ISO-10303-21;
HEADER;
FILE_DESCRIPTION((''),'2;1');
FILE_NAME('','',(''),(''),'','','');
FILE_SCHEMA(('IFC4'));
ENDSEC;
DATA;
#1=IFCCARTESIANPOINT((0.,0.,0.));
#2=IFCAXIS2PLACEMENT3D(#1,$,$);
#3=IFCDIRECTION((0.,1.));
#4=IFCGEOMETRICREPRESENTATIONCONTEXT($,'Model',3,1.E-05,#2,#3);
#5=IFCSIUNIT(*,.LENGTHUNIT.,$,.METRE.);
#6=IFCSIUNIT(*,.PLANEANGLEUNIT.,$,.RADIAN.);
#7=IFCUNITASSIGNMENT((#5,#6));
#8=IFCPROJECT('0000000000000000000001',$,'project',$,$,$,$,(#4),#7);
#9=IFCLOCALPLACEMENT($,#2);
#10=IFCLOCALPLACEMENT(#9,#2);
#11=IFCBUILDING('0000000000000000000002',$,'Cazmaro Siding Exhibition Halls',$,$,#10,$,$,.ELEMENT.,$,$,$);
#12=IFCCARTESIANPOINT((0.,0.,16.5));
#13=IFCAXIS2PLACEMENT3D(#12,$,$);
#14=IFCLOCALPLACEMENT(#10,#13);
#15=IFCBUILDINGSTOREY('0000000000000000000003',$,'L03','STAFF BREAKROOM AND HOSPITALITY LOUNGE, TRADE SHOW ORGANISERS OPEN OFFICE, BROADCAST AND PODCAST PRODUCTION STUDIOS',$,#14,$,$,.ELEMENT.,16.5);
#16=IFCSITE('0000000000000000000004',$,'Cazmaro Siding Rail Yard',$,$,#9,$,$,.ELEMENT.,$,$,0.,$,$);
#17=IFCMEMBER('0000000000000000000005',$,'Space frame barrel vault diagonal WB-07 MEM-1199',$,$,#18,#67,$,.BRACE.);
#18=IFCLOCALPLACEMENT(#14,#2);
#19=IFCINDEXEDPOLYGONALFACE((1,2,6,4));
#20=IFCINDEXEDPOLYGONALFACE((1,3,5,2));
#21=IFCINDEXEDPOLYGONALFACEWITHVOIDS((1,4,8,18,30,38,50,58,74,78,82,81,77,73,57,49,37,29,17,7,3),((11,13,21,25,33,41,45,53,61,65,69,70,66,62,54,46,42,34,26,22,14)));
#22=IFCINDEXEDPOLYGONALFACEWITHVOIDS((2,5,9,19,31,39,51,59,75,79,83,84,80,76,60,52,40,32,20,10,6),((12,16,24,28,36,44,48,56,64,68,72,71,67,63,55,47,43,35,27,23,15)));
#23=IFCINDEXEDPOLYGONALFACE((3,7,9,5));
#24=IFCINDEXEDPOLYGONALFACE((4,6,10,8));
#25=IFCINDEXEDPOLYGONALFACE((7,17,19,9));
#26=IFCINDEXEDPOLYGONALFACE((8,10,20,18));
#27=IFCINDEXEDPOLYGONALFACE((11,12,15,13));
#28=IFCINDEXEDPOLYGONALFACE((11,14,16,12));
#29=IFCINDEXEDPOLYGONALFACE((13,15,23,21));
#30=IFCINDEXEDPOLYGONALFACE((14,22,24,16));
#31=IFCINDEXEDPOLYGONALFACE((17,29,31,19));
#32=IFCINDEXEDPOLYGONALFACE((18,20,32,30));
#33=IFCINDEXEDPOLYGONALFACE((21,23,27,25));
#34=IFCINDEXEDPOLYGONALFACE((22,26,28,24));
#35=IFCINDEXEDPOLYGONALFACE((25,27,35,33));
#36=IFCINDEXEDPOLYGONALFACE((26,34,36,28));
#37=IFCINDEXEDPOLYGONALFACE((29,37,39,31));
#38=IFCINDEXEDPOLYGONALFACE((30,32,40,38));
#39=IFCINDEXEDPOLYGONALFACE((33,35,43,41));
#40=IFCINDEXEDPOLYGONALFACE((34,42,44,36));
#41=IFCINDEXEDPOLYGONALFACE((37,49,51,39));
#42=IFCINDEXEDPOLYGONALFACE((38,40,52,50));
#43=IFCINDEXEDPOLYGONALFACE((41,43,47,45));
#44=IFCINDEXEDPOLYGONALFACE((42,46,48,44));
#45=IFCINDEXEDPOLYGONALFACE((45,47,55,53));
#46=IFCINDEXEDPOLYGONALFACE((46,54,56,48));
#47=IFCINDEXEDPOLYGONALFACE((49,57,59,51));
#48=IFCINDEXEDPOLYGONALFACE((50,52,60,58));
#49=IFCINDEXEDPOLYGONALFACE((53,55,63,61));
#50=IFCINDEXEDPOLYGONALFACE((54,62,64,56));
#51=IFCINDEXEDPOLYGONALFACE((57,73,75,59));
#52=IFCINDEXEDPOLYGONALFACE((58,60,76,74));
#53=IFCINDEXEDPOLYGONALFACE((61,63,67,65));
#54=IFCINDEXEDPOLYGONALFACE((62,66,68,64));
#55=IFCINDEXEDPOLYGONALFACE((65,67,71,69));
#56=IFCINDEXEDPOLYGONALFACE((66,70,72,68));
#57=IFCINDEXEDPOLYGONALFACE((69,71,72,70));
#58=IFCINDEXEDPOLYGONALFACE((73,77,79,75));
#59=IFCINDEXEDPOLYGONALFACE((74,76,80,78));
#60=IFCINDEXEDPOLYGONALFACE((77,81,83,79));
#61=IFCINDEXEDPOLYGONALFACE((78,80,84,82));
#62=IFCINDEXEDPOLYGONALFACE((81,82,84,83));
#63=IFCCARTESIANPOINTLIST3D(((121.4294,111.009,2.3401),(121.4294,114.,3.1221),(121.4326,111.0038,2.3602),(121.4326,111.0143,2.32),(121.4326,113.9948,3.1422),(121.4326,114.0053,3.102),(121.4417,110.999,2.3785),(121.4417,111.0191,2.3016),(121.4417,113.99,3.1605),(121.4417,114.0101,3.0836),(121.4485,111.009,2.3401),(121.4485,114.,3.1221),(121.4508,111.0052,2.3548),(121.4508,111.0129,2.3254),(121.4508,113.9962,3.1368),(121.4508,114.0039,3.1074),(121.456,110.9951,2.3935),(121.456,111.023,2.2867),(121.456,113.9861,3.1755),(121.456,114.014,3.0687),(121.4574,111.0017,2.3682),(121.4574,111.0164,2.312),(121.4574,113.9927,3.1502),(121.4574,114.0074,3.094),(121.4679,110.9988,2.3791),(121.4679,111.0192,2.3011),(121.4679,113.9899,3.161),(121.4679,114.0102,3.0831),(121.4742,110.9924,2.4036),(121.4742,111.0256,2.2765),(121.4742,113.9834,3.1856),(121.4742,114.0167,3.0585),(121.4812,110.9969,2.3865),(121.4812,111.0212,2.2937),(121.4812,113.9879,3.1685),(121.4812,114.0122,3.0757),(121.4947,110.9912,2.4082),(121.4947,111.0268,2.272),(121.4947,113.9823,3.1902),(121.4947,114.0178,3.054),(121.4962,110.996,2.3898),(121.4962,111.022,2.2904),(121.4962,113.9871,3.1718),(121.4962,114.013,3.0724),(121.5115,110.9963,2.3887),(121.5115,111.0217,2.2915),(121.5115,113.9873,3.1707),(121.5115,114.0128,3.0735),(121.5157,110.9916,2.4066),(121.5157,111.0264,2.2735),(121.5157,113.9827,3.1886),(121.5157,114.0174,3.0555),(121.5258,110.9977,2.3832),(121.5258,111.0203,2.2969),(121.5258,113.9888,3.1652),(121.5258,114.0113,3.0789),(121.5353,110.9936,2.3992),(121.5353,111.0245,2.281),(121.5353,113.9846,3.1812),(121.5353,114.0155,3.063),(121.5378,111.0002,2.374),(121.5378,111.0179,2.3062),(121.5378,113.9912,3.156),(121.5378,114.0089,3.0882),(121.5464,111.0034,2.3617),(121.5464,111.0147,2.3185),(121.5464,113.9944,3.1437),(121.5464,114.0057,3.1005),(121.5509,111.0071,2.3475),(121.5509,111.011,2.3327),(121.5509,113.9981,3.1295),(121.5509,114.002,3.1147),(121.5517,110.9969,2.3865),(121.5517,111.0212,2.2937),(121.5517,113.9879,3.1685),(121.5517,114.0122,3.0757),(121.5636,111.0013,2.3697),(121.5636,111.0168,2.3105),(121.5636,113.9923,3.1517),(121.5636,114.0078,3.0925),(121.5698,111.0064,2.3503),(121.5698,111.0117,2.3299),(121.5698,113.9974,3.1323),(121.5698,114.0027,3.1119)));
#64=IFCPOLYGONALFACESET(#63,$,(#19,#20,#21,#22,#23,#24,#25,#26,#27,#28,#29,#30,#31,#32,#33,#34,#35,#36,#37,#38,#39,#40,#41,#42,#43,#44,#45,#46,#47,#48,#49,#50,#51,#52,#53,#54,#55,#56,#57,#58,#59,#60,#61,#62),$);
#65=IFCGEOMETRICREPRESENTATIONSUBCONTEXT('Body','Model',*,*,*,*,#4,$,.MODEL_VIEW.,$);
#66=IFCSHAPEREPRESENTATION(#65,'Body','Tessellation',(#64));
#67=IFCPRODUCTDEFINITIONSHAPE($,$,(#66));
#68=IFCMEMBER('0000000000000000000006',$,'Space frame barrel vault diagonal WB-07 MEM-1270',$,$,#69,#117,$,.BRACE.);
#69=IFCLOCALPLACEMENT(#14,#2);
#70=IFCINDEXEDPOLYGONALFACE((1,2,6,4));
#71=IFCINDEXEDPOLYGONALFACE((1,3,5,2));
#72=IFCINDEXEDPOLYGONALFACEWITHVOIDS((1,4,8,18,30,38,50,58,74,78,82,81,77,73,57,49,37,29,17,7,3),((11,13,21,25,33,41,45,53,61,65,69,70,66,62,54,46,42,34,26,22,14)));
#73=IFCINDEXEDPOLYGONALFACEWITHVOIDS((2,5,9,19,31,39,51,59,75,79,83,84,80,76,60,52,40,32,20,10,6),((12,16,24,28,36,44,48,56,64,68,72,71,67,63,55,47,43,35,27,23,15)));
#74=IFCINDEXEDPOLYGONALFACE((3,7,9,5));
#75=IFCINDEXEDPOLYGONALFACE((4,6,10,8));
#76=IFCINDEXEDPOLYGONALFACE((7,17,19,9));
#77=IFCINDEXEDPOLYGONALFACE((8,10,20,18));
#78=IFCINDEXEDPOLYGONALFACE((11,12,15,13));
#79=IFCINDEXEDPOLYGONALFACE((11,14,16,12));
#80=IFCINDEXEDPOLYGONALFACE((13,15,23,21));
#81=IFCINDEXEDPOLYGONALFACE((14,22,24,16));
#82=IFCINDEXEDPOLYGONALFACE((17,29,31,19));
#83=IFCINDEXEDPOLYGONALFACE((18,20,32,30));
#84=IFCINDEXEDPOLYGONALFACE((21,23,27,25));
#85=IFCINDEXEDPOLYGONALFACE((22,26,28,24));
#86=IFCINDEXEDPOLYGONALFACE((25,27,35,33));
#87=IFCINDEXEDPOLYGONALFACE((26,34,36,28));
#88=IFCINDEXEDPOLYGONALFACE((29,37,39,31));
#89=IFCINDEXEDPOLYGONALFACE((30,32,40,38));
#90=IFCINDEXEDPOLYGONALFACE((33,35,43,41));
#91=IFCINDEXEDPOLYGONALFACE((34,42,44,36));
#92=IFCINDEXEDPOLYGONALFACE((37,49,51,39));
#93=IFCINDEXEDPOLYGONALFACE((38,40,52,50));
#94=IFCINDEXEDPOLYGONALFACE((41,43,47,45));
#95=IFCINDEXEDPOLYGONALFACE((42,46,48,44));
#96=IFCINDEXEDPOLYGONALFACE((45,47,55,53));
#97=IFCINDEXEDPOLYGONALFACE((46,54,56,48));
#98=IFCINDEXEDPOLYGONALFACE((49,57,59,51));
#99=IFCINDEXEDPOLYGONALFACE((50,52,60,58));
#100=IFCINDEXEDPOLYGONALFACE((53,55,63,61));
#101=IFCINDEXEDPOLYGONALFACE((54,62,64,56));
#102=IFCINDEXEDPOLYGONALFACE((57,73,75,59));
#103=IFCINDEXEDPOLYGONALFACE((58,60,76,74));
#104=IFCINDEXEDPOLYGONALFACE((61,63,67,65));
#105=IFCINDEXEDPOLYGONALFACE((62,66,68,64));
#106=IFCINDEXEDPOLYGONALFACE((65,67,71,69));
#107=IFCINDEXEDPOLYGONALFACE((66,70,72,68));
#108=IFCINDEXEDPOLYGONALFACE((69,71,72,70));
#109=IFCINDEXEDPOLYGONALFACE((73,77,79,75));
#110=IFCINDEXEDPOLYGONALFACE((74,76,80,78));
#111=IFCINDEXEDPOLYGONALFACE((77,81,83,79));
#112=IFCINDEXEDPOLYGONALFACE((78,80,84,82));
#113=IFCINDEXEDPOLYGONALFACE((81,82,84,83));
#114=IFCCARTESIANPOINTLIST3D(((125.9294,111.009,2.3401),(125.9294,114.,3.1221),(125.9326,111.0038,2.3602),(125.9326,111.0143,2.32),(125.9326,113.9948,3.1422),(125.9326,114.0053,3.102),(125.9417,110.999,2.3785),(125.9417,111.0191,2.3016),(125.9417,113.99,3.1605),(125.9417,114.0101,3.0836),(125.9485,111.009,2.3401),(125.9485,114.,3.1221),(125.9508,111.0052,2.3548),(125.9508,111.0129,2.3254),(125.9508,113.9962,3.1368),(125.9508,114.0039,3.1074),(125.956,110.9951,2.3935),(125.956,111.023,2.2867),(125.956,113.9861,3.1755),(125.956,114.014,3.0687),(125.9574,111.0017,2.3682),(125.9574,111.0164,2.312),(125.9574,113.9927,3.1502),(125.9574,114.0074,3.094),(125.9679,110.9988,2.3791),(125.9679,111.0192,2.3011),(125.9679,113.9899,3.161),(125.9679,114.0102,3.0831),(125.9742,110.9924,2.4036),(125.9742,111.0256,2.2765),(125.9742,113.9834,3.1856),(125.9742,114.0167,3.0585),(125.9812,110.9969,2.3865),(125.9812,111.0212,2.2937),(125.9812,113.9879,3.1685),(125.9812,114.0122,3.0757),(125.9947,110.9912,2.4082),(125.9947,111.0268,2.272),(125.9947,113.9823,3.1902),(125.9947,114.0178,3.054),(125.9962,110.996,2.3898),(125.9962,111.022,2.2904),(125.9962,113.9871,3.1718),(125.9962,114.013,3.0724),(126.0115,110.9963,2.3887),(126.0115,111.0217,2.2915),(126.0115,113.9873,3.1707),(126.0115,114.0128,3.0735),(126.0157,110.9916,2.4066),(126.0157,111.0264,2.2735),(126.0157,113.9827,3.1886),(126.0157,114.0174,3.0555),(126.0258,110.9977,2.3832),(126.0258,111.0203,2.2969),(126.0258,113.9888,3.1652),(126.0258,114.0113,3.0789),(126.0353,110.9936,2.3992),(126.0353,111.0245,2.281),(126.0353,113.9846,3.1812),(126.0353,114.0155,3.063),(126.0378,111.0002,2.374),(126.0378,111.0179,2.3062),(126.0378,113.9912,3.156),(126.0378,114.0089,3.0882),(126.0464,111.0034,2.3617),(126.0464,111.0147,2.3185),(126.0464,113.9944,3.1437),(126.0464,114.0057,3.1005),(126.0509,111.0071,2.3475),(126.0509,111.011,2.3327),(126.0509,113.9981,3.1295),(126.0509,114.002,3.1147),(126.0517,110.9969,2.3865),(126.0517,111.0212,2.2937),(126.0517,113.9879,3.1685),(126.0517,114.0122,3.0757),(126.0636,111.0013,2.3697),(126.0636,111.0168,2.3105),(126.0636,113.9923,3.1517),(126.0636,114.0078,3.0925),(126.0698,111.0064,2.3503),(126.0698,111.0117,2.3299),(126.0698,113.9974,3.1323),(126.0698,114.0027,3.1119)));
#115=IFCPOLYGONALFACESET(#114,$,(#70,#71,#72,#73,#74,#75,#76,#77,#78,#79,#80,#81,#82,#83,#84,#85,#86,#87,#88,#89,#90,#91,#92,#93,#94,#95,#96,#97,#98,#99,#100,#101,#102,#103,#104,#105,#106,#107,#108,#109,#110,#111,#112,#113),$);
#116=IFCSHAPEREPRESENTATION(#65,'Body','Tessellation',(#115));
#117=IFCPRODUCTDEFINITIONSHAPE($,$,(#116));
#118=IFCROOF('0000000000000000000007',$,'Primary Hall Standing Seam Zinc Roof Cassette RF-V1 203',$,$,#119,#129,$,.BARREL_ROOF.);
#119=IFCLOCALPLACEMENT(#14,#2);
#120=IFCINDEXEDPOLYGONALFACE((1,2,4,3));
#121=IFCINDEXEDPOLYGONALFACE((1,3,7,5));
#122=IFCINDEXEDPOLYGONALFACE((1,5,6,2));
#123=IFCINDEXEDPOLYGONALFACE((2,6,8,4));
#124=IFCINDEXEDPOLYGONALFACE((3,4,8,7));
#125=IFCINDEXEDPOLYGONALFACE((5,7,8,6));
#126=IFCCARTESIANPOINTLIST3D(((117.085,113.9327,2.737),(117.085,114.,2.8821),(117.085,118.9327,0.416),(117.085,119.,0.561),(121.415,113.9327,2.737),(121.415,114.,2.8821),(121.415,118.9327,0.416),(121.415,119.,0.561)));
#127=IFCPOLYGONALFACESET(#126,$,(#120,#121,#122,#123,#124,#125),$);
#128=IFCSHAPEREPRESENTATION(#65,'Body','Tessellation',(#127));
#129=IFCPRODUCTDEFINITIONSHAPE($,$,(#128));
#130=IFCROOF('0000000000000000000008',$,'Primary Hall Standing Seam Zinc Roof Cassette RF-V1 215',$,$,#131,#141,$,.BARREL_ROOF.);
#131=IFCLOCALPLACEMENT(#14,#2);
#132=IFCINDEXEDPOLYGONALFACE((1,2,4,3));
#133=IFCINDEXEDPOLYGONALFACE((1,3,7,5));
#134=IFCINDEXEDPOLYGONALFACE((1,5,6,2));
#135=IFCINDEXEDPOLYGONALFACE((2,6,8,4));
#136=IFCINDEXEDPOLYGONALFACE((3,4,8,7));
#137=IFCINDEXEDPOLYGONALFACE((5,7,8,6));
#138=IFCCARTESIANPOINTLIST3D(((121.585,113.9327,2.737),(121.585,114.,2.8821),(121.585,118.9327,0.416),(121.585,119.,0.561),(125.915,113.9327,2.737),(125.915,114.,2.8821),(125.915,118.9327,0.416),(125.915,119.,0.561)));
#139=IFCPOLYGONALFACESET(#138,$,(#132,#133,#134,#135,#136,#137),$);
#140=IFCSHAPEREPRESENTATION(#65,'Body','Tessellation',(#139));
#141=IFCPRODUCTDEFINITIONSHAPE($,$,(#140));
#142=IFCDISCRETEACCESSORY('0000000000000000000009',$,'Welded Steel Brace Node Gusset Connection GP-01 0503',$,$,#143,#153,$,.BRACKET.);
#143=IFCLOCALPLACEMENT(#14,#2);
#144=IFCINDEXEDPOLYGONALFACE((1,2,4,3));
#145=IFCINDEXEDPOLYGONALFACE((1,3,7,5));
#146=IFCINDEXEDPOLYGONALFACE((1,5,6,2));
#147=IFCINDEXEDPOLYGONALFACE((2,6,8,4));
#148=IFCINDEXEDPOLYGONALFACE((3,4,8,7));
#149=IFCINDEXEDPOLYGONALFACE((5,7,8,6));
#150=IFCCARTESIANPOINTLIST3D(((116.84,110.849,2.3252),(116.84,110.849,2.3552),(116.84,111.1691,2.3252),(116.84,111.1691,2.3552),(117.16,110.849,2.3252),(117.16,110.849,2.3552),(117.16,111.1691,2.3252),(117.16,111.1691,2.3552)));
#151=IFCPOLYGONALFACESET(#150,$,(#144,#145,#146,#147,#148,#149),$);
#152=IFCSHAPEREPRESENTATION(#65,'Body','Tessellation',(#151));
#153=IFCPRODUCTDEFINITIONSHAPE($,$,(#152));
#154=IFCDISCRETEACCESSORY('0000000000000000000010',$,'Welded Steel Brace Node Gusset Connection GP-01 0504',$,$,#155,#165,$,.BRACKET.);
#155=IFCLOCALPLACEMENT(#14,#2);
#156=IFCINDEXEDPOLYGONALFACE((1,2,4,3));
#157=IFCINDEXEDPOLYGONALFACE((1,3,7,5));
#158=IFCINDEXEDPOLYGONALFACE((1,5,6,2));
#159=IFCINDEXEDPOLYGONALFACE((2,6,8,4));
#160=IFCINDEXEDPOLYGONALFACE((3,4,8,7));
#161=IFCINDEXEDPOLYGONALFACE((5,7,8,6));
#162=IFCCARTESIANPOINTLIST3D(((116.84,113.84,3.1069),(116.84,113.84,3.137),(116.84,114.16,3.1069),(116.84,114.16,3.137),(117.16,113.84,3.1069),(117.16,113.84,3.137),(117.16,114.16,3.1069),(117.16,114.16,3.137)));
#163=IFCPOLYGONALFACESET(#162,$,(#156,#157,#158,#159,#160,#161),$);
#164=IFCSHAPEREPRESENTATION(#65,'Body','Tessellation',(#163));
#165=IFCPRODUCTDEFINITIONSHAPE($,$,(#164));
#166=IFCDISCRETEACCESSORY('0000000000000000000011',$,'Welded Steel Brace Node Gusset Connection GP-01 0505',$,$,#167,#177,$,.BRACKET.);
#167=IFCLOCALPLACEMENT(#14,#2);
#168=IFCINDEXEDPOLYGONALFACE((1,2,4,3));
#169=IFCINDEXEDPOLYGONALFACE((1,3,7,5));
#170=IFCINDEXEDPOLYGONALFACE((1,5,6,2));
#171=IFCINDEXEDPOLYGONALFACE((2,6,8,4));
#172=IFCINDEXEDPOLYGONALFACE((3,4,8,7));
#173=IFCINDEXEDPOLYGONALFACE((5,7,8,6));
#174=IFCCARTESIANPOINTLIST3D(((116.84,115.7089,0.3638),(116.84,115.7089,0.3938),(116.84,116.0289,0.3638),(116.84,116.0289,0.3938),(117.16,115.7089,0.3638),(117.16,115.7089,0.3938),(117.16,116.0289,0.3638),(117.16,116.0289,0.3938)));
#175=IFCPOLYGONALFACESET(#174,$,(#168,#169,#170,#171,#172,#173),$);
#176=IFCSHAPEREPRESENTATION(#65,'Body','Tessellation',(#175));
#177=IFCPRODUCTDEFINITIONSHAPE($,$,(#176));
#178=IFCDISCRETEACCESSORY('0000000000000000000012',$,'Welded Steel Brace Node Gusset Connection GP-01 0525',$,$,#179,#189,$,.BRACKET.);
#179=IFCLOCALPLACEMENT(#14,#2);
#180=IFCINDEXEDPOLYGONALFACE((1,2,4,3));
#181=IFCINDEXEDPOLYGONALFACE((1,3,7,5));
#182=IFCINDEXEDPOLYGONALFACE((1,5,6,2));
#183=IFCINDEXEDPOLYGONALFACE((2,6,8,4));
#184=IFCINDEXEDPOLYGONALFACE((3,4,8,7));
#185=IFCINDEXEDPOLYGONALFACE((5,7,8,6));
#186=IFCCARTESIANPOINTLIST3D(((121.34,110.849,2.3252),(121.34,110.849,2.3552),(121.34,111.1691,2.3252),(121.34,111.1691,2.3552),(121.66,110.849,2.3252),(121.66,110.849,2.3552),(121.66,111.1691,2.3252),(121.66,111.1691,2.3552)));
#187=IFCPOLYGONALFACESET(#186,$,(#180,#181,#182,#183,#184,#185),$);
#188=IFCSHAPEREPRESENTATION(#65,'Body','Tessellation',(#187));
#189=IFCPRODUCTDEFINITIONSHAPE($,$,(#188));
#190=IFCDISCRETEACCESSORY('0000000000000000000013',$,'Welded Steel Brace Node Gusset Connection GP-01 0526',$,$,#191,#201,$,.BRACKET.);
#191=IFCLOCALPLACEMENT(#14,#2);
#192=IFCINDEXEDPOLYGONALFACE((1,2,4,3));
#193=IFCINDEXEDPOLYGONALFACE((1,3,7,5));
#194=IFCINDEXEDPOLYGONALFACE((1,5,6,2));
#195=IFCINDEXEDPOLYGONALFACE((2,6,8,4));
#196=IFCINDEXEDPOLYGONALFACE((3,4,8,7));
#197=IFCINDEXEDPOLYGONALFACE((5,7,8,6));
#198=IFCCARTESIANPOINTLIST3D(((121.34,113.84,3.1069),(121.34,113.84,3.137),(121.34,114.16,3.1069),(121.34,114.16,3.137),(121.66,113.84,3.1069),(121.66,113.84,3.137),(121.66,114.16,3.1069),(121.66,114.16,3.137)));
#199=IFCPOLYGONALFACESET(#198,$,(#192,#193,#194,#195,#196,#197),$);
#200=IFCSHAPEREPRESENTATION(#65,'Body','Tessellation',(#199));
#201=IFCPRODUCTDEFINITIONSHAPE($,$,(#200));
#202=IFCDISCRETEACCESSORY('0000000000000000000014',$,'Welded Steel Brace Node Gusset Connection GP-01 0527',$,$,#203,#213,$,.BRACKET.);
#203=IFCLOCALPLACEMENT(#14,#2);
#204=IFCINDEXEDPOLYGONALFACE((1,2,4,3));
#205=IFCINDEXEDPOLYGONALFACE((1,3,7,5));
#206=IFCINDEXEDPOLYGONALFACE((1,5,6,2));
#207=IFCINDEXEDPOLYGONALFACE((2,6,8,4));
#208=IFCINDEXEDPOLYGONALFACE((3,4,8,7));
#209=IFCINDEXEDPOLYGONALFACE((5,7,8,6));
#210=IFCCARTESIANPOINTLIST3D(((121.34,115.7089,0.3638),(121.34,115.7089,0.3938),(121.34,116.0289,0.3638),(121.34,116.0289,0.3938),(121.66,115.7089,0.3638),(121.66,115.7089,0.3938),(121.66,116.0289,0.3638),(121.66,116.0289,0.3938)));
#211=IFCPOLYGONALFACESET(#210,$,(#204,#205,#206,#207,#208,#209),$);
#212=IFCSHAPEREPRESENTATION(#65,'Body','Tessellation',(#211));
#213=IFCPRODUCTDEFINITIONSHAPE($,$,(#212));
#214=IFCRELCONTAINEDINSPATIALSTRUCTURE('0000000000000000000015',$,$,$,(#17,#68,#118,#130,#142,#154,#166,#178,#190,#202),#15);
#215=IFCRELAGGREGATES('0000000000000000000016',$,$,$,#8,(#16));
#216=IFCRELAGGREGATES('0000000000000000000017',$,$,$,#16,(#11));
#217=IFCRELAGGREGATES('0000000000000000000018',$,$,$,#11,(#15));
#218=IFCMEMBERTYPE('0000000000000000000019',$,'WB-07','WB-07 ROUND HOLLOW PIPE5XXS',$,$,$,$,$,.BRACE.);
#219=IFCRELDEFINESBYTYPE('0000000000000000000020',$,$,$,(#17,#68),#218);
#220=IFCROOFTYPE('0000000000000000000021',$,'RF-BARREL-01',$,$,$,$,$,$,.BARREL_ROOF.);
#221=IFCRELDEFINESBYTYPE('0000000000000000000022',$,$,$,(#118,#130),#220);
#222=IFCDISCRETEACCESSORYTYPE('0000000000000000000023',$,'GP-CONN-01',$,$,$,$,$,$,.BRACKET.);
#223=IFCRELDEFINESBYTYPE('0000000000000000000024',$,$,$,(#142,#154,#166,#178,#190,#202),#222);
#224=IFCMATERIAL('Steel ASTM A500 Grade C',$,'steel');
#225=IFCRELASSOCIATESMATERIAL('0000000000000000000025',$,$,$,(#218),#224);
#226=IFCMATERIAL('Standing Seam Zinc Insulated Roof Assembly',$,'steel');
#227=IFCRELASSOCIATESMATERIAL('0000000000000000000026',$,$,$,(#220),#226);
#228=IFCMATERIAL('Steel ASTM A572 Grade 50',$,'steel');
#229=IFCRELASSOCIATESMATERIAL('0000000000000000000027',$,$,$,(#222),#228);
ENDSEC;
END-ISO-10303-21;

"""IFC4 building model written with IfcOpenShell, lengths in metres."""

from ifc_helpers import new_model, si_unit, direction, frame, origin, origin_2d, place, context, subcontext, project, spatial, polyline, rectangle, hollow_circle, outline, extrude, material, material_profile, profile_set, type_object, element, save


model = new_model("IFC4")

# Units and contexts
model_context = context("Model", 3, precision=1e-05, world=origin(), true_north=direction((0.0, 1.0)))
body_context = subcontext(model_context, "Body", "Model", "MODEL_VIEW")
ifc_project = project(units=[si_unit("LENGTHUNIT", "METRE"), si_unit("PLANEANGLEUNIT", "RADIAN")], contexts=[model_context])

# Site, building, storey
site_placement = place(None, origin())
site = spatial("IfcSite", under=ifc_project, at=site_placement, Name="Cazmaro Siding Rail Yard", CompositionType="ELEMENT", RefElevation=0.0)
building_placement = place(site_placement, origin())
building = spatial("IfcBuilding", under=site, at=building_placement, Name="Cazmaro Siding Exhibition Halls", CompositionType="ELEMENT")
storey_placement = place(building_placement, frame((0.0, 0.0, 16.5)))
storey = spatial("IfcBuildingStorey", under=building, at=storey_placement, Name="L03", Description="STAFF BREAKROOM AND HOSPITALITY LOUNGE, TRADE SHOW ORGANISERS OPEN OFFICE, BROADCAST AND PODCAST PRODUCTION STUDIOS", CompositionType="ELEMENT", Elevation=16.5)

# Members
ifc_material_1 = material(Name="Steel ASTM A500 Grade C", Category="steel")
ifc_material_profile_1 = material_profile(ifc_material_1, hollow_circle(Radius=0.0706, WallThickness=0.019, at=origin_2d()), Name="PIPE5XXS")
ifc_profile_set_1 = profile_set([ifc_material_profile_1], Name="Steel ASTM A500 Grade C")
member_type_1 = type_object("IfcMemberType", Name="WB-07", Description="WB-07 ROUND HOLLOW PIPE5XXS", PredefinedType="BRACE", material=ifc_profile_set_1)
for number, where, z_axis, x_axis, name in (
    (1, (121.5, 111.009, 2.3401), (0.0, 0.96748, 0.252946), (-1.0, 0.0, 0.0), "Space frame barrel vault diagonal WB-07 MEM-1199"),
    (2, (126.0, 111.009, 2.3401), (0.0, 0.96748, 0.252946), (-1.0, 0.0, 0.0), "Space frame barrel vault diagonal WB-07 MEM-1270"),
):
    element("IfcMember", number, at=place(storey_placement, frame(where, z_axis=z_axis, x_axis=x_axis)), inside=storey, type_object=member_type_1, Name=name, PredefinedType="BRACE", context=body_context, shape_type="SweptSolid", body=[
        extrude(hollow_circle(Radius=0.0706, WallThickness=0.019, at=origin_2d()), origin(), (0.0, 0.0, 1.0), 3.0916),
    ])

# Roofs
ifc_material_2 = material(Name="Standing Seam Zinc Insulated Roof Assembly", Category="steel")
roof_type = type_object("IfcRoofType", Name="RF-BARREL-01", PredefinedType="BARREL_ROOF", material=ifc_material_2)
for number, where, z_axis, x_axis, name in (
    (3, (117.085, 114.0, 2.8821), (0.0, 0.421054, 0.907036), (1.0, 0.0, 0.0), "Primary Hall Standing Seam Zinc Roof Cassette RF-V1 203"),
    (4, (121.585, 114.0, 2.8821), (0.0, 0.421054, 0.907036), (1.0, 0.0, 0.0), "Primary Hall Standing Seam Zinc Roof Cassette RF-V1 215"),
):
    element("IfcRoof", number, at=place(storey_placement, frame(where, z_axis=z_axis, x_axis=x_axis)), inside=storey, type_object=roof_type, Name=name, PredefinedType="BARREL_ROOF", context=body_context, shape_type="SweptSolid", body=[
        extrude(outline(polyline([(0.0, 0.0), (4.3301, 0.0), (4.3301, 5.5125), (0.0, 5.5125), (0.0, 0.0)])), origin(), (0.0, 0.0, -1.0), 0.1599),
    ])

# Discrete accessories
ifc_material_3 = material(Name="Steel ASTM A572 Grade 50", Category="steel")
discrete_accessory_type = type_object("IfcDiscreteAccessoryType", Name="GP-CONN-01", PredefinedType="BRACKET", material=ifc_material_3)
for number, where, z_axis, x_axis, name in (
    (5, (117.0, 111.009, 2.3252), (0.0, 0.0, 1.0), (1.0, 0.0, 0.0), "Welded Steel Brace Node Gusset Connection GP-01 0503"),
    (6, (117.0, 114.0, 3.1069), (0.0, 0.0, 1.0), (1.0, 0.0, 0.0), "Welded Steel Brace Node Gusset Connection GP-01 0504"),
    (7, (117.0, 115.8689, 0.3638), (0.0, 0.0, 1.0), (1.0, 0.0, 0.0), "Welded Steel Brace Node Gusset Connection GP-01 0505"),
    (8, (121.5, 111.009, 2.3252), (0.0, 0.0, 1.0), (1.0, 0.0, 0.0), "Welded Steel Brace Node Gusset Connection GP-01 0525"),
    (9, (121.5, 114.0, 3.1069), (0.0, 0.0, 1.0), (1.0, 0.0, 0.0), "Welded Steel Brace Node Gusset Connection GP-01 0526"),
    (10, (121.5, 115.8689, 0.3638), (0.0, 0.0, 1.0), (1.0, 0.0, 0.0), "Welded Steel Brace Node Gusset Connection GP-01 0527"),
):
    element("IfcDiscreteAccessory", number, at=place(storey_placement, frame(where, z_axis=z_axis, x_axis=x_axis)), inside=storey, type_object=discrete_accessory_type, Name=name, PredefinedType="BRACKET", context=body_context, shape_type="SweptSolid", body=[
        extrude(rectangle(XDim=0.3201, YDim=0.3201, at=origin_2d()), origin(), (0.0, 0.0, 1.0), 0.03),
    ])

save(model, "model.ifc")
